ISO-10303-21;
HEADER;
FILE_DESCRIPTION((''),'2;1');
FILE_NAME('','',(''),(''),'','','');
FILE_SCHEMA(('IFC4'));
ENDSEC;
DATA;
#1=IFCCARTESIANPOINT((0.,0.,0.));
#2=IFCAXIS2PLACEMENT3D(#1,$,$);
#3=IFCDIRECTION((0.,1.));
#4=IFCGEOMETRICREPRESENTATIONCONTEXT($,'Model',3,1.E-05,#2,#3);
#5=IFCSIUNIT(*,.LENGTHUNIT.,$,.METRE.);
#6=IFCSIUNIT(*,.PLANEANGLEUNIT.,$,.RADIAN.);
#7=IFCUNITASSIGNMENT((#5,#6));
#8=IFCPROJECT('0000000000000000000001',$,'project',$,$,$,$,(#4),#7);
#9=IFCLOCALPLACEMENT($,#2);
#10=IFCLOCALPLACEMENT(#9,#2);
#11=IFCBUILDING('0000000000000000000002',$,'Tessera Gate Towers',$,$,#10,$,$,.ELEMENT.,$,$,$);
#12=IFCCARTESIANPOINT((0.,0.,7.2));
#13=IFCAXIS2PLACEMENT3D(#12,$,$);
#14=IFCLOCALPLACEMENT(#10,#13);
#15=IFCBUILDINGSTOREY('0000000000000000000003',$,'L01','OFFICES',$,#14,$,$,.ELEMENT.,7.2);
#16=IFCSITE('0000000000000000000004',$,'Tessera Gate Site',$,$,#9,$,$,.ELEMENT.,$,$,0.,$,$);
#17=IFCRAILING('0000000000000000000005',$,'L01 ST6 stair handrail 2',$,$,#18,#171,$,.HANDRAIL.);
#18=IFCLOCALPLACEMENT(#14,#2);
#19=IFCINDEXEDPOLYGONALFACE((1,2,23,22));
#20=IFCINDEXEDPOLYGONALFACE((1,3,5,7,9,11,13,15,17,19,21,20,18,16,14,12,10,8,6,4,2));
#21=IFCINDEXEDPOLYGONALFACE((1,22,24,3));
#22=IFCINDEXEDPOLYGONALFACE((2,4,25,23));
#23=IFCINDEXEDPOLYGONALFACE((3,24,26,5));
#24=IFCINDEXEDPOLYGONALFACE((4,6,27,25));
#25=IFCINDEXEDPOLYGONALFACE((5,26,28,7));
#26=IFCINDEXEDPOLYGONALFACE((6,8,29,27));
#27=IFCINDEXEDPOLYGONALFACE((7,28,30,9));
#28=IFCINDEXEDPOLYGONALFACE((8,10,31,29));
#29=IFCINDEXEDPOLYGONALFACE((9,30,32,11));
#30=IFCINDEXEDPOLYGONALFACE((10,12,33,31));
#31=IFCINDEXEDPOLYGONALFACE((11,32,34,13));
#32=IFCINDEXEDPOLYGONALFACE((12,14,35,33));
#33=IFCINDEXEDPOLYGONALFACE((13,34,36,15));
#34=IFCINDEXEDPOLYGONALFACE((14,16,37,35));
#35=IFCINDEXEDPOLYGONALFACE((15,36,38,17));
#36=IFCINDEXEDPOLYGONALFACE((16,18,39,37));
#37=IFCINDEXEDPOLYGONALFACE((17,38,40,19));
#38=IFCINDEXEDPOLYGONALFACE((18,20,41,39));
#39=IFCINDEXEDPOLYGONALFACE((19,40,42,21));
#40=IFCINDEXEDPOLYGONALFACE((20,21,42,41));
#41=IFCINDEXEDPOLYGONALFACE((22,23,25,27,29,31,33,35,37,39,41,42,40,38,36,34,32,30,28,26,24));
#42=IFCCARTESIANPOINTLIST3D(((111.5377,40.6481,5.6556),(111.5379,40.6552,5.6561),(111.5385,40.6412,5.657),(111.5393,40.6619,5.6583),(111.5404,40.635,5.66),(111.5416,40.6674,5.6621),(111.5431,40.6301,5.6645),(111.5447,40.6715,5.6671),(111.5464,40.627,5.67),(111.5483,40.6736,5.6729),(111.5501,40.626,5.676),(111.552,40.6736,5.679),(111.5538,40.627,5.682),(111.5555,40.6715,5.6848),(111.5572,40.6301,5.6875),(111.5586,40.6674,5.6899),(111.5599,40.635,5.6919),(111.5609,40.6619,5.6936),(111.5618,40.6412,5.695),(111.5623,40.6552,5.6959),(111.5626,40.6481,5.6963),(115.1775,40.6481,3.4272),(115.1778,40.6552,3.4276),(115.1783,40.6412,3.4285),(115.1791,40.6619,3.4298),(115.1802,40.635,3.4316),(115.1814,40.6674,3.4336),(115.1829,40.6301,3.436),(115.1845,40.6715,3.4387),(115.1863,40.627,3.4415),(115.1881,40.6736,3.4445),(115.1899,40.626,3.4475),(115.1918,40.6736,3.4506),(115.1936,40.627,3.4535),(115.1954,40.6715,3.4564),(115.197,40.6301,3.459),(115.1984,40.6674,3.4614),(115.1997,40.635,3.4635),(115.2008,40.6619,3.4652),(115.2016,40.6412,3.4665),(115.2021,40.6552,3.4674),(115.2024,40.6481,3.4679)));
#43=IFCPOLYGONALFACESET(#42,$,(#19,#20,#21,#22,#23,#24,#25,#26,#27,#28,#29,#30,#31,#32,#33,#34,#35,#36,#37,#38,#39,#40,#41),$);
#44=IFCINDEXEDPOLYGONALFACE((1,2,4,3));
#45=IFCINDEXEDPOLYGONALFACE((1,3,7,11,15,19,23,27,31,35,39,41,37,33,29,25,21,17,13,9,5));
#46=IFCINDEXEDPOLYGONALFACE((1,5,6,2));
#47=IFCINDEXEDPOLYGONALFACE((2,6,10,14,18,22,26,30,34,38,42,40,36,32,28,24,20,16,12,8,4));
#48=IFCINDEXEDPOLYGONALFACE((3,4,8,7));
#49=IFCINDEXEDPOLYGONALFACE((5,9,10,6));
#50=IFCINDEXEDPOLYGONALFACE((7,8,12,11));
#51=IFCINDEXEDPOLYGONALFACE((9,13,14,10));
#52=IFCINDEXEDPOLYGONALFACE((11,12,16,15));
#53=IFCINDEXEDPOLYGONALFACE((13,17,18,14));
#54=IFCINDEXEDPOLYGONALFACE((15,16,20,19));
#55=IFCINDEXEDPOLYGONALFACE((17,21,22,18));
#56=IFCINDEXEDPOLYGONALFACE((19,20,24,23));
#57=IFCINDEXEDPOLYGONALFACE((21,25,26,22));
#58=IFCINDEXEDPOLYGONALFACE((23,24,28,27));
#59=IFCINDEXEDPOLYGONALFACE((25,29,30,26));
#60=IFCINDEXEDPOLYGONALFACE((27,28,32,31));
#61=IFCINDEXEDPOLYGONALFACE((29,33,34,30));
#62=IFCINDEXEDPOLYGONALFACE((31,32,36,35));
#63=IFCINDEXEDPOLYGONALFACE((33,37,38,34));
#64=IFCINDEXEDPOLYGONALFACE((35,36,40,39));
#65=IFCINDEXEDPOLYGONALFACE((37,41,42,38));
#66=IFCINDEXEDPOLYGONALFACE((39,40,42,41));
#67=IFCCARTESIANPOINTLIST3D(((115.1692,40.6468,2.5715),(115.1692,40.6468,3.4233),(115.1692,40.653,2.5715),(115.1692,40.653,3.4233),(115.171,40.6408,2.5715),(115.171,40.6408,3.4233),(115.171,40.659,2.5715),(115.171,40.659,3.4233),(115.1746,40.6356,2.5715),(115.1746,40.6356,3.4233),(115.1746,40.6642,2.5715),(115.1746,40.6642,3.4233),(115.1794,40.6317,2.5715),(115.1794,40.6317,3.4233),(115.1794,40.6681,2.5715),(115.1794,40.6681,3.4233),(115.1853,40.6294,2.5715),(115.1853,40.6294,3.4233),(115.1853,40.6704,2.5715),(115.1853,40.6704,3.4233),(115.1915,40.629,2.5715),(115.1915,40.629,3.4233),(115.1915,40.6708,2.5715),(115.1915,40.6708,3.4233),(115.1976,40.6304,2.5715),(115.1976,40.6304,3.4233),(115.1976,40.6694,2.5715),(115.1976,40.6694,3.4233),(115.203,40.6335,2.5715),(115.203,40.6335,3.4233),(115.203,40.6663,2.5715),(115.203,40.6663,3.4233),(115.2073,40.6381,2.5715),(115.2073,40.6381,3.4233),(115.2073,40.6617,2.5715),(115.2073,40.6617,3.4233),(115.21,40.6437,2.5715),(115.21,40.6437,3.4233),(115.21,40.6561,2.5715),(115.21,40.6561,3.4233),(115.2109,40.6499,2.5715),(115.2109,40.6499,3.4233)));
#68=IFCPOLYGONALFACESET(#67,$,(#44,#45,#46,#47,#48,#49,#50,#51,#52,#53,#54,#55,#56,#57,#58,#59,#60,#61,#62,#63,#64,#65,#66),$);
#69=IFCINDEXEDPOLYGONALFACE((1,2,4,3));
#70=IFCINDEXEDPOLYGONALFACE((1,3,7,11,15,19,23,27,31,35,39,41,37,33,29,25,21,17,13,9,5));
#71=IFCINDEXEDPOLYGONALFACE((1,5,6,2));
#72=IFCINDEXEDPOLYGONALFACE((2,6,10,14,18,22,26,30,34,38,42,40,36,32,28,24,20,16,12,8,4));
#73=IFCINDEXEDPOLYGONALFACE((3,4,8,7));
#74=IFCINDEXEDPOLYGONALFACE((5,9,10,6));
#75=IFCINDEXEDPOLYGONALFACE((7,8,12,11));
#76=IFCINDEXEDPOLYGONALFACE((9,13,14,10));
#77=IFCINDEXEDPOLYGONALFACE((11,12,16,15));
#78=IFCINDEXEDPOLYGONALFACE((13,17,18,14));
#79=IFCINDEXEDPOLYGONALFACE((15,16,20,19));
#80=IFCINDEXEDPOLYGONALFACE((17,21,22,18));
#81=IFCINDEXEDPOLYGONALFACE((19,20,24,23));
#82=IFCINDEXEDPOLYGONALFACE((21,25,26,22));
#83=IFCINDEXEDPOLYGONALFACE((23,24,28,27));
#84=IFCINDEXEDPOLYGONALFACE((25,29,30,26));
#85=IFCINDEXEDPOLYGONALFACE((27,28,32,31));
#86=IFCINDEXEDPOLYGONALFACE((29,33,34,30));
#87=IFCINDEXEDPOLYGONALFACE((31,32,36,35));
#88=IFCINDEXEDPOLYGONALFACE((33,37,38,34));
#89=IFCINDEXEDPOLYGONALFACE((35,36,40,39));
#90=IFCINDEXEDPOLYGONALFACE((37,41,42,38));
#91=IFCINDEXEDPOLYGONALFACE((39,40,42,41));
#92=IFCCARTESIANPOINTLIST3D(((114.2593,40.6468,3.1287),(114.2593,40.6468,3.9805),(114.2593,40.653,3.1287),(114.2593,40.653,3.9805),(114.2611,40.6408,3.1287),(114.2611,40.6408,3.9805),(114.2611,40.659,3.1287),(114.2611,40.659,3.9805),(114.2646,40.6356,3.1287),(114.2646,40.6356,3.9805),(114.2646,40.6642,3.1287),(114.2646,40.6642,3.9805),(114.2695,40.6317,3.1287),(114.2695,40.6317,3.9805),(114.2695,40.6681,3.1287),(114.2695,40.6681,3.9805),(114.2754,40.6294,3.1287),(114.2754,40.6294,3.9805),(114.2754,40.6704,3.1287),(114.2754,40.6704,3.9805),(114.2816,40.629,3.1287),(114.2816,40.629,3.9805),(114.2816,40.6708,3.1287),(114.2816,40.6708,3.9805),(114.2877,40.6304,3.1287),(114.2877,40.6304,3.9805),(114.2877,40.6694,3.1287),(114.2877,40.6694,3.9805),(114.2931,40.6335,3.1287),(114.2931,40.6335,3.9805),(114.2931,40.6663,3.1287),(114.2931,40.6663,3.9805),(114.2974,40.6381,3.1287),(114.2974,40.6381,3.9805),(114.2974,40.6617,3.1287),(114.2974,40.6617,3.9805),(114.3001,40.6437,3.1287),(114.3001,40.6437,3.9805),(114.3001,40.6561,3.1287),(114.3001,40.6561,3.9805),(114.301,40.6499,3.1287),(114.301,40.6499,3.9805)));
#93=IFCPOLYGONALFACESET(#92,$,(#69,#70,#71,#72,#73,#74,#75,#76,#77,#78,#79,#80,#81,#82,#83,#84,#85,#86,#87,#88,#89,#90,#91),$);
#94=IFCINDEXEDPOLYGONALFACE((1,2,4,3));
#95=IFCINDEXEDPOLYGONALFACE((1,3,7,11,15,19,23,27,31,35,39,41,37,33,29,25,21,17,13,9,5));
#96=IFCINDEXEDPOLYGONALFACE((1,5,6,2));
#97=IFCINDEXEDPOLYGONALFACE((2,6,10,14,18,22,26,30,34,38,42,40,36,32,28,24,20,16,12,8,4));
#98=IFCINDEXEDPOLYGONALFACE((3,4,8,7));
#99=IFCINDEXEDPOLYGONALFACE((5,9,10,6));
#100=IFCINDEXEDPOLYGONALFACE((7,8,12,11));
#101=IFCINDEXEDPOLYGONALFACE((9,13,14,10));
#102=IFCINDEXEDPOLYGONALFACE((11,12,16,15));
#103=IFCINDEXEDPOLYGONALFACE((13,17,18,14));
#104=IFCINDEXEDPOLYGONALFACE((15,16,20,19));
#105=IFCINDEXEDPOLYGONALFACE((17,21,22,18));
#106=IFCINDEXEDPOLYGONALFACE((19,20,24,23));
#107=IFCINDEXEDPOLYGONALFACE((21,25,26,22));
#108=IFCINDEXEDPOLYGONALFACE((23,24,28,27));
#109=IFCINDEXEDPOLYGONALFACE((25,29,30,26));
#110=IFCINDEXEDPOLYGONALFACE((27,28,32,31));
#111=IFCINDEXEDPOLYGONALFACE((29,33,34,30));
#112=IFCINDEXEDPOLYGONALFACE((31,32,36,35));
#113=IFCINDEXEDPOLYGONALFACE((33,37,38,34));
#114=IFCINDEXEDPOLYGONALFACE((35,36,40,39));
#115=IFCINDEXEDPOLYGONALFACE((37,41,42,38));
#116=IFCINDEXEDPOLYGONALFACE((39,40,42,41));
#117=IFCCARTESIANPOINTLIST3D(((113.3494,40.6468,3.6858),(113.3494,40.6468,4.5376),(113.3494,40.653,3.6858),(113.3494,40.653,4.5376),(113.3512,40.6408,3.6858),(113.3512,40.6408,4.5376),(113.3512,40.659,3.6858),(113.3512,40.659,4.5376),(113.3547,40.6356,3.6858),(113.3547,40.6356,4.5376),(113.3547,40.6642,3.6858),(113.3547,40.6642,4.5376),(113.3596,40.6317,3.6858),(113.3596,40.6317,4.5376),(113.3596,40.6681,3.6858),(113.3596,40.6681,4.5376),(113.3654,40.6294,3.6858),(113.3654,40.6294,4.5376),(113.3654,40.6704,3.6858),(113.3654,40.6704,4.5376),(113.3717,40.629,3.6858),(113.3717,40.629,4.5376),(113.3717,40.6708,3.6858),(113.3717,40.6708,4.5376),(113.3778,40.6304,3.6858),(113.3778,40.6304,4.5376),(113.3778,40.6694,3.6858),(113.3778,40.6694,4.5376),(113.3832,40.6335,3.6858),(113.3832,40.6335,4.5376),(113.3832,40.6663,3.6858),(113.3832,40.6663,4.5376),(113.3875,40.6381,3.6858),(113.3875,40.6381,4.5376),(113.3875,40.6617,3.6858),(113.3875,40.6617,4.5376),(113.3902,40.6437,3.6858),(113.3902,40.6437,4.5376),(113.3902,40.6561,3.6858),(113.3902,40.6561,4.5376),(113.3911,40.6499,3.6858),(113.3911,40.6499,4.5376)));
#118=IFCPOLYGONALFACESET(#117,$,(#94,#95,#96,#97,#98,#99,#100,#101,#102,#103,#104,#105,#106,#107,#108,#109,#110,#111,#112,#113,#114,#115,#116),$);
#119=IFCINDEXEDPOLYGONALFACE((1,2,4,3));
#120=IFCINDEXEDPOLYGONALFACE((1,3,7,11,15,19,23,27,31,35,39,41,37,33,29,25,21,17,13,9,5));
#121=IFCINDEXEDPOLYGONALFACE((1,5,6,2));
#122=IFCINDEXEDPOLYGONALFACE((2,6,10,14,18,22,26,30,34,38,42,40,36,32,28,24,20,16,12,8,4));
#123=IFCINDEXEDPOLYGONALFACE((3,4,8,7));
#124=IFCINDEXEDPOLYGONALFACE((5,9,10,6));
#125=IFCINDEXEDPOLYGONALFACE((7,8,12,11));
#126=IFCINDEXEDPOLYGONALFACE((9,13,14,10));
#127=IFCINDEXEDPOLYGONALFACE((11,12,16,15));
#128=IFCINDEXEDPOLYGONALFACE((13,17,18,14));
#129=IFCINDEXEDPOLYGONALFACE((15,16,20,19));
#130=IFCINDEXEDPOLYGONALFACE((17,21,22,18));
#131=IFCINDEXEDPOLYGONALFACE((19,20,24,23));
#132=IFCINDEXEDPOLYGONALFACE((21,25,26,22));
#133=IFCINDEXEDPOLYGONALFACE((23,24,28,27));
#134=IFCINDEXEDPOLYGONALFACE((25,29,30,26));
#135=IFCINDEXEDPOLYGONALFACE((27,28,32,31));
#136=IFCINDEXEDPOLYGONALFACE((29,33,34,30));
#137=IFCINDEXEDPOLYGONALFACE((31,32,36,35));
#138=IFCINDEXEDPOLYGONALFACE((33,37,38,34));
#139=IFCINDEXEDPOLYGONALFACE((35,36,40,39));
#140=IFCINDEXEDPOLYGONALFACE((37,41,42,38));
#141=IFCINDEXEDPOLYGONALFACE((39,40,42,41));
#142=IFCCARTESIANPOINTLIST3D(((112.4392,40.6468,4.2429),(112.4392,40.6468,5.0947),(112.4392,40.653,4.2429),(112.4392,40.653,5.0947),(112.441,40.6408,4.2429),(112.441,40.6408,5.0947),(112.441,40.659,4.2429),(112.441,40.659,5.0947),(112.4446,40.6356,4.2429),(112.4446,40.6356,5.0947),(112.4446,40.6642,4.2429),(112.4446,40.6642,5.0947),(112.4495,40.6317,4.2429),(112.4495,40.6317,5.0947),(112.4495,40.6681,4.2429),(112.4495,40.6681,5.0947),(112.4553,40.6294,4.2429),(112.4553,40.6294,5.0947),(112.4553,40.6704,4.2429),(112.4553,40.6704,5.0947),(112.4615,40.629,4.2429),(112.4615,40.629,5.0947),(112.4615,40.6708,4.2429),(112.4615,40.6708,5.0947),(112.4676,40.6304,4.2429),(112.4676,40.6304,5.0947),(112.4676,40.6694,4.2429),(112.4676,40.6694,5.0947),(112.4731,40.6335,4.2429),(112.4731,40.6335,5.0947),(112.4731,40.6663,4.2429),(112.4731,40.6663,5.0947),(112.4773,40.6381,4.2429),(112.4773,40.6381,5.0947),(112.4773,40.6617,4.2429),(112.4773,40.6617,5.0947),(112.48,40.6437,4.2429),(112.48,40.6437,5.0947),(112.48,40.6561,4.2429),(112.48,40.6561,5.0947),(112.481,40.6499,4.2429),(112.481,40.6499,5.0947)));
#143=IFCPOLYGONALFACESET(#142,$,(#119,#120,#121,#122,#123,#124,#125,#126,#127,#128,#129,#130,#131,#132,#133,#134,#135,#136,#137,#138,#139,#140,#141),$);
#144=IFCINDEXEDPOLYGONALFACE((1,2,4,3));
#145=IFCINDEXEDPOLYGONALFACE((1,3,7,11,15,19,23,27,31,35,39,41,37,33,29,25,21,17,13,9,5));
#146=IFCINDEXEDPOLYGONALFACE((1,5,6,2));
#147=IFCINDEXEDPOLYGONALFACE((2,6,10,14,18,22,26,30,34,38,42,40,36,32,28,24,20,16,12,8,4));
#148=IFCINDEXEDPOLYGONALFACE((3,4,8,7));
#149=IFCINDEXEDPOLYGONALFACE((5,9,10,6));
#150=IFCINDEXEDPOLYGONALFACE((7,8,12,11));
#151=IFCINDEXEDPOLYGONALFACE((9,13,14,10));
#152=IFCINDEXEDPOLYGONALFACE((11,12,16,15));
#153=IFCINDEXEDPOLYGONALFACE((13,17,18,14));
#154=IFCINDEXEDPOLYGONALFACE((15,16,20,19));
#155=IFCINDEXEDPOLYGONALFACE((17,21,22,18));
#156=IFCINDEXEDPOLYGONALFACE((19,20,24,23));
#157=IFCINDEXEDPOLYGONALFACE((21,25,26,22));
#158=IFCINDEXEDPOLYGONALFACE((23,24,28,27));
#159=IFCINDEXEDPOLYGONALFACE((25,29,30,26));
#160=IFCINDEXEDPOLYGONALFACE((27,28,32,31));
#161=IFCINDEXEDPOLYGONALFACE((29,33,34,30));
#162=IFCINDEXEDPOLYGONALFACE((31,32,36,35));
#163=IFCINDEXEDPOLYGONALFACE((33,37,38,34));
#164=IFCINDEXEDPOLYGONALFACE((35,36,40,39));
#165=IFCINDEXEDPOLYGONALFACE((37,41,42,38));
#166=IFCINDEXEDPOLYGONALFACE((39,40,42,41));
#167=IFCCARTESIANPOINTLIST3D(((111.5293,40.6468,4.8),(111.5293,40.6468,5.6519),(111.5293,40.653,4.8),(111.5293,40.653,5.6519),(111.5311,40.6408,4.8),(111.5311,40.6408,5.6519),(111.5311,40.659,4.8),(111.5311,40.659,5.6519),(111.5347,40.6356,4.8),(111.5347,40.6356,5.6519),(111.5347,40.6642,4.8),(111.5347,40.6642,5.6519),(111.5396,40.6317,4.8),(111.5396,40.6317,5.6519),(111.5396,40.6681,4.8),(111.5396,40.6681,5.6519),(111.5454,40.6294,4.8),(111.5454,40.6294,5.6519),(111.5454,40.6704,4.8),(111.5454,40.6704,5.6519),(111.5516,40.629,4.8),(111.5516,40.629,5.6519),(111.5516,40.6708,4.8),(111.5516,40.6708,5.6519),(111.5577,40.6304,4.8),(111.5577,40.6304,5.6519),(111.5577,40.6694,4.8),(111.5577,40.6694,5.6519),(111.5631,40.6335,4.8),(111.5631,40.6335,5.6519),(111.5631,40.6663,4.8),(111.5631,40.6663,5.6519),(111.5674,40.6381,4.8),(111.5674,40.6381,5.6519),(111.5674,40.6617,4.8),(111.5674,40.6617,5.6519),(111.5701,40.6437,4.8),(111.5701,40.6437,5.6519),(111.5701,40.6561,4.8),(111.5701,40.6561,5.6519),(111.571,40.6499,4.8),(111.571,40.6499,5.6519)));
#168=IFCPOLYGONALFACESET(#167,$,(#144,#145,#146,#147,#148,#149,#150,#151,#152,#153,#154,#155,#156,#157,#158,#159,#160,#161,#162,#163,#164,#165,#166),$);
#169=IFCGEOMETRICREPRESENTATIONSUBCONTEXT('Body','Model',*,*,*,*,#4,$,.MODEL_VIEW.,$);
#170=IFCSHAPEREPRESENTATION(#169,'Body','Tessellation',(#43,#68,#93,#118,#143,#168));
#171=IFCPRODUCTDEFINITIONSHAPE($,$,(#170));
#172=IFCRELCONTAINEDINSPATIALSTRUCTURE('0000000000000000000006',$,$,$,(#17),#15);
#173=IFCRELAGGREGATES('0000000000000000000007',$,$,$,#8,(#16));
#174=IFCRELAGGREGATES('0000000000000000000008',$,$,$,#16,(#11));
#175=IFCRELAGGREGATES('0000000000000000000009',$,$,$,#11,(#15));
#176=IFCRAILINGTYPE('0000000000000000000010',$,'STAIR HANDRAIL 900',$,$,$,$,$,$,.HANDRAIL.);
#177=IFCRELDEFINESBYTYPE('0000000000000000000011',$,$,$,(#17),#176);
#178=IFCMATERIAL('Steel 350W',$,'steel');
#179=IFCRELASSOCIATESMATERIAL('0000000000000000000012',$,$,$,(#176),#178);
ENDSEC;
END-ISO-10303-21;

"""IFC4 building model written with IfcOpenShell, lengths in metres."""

from ifc_helpers import new_model, si_unit, direction, frame, origin, origin_2d, place, context, subcontext, project, spatial, circle, extrude, material, type_object, element, save


model = new_model("IFC4")

# Units and contexts
model_context = context("Model", 3, precision=1e-05, world=origin(), true_north=direction((0.0, 1.0)))
body_context = subcontext(model_context, "Body", "Model", "MODEL_VIEW")
ifc_project = project(units=[si_unit("LENGTHUNIT", "METRE"), si_unit("PLANEANGLEUNIT", "RADIAN")], contexts=[model_context])

# Site, building, storey
site_placement = place(None, origin())
site = spatial("IfcSite", under=ifc_project, at=site_placement, Name="Tessera Gate Site", CompositionType="ELEMENT", RefElevation=0.0)
building_placement = place(site_placement, origin())
building = spatial("IfcBuilding", under=site, at=building_placement, Name="Tessera Gate Towers", CompositionType="ELEMENT")
storey_placement = place(building_placement, frame((0.0, 0.0, 7.2)))
storey = spatial("IfcBuildingStorey", under=building, at=storey_placement, Name="L01", Description="OFFICES", CompositionType="ELEMENT", Elevation=7.2)

# Railing
ifc_material_1 = material(Name="Steel 350W", Category="steel")
railing_type_1 = type_object("IfcRailingType", Name="STAIR HANDRAIL 900", PredefinedType="HANDRAIL", material=ifc_material_1)
railing_1_placement = place(storey_placement, frame((115.1899, 40.6499, 2.5715)))
element("IfcRailing", 1, at=railing_1_placement, inside=storey, type_object=railing_type_1, Name="L01 ST6 stair handrail 2", PredefinedType="HANDRAIL", context=body_context, shape_type="SweptSolid", body=[
    extrude(circle(Radius=0.0239, at=origin_2d()), frame((0.0, 0.0, 0.876), z_axis=(-0.85285, 0.0, 0.522156), x_axis=(0.0, -1.0, 0.0)), (0.0, 0.0, 1.0), 4.2678),
    extrude(circle(Radius=0.021, at=origin_2d()), origin(), (0.0, 0.0, 1.0), 0.8518),
    extrude(circle(Radius=0.021, at=origin_2d()), frame((-0.9099, 0.0, 0.5571)), (0.0, 0.0, 1.0), 0.8518),
    extrude(circle(Radius=0.021, at=origin_2d()), frame((-1.8198, 0.0, 1.1143)), (0.0, 0.0, 1.0), 0.8518),
    extrude(circle(Radius=0.021, at=origin_2d()), frame((-2.73, 0.0, 1.6714)), (0.0, 0.0, 1.0), 0.8518),
    extrude(circle(Radius=0.021, at=origin_2d()), frame((-3.6399, 0.0, 2.2285)), (0.0, 0.0, 1.0), 0.8518),
])

save(model, "model.ifc")
